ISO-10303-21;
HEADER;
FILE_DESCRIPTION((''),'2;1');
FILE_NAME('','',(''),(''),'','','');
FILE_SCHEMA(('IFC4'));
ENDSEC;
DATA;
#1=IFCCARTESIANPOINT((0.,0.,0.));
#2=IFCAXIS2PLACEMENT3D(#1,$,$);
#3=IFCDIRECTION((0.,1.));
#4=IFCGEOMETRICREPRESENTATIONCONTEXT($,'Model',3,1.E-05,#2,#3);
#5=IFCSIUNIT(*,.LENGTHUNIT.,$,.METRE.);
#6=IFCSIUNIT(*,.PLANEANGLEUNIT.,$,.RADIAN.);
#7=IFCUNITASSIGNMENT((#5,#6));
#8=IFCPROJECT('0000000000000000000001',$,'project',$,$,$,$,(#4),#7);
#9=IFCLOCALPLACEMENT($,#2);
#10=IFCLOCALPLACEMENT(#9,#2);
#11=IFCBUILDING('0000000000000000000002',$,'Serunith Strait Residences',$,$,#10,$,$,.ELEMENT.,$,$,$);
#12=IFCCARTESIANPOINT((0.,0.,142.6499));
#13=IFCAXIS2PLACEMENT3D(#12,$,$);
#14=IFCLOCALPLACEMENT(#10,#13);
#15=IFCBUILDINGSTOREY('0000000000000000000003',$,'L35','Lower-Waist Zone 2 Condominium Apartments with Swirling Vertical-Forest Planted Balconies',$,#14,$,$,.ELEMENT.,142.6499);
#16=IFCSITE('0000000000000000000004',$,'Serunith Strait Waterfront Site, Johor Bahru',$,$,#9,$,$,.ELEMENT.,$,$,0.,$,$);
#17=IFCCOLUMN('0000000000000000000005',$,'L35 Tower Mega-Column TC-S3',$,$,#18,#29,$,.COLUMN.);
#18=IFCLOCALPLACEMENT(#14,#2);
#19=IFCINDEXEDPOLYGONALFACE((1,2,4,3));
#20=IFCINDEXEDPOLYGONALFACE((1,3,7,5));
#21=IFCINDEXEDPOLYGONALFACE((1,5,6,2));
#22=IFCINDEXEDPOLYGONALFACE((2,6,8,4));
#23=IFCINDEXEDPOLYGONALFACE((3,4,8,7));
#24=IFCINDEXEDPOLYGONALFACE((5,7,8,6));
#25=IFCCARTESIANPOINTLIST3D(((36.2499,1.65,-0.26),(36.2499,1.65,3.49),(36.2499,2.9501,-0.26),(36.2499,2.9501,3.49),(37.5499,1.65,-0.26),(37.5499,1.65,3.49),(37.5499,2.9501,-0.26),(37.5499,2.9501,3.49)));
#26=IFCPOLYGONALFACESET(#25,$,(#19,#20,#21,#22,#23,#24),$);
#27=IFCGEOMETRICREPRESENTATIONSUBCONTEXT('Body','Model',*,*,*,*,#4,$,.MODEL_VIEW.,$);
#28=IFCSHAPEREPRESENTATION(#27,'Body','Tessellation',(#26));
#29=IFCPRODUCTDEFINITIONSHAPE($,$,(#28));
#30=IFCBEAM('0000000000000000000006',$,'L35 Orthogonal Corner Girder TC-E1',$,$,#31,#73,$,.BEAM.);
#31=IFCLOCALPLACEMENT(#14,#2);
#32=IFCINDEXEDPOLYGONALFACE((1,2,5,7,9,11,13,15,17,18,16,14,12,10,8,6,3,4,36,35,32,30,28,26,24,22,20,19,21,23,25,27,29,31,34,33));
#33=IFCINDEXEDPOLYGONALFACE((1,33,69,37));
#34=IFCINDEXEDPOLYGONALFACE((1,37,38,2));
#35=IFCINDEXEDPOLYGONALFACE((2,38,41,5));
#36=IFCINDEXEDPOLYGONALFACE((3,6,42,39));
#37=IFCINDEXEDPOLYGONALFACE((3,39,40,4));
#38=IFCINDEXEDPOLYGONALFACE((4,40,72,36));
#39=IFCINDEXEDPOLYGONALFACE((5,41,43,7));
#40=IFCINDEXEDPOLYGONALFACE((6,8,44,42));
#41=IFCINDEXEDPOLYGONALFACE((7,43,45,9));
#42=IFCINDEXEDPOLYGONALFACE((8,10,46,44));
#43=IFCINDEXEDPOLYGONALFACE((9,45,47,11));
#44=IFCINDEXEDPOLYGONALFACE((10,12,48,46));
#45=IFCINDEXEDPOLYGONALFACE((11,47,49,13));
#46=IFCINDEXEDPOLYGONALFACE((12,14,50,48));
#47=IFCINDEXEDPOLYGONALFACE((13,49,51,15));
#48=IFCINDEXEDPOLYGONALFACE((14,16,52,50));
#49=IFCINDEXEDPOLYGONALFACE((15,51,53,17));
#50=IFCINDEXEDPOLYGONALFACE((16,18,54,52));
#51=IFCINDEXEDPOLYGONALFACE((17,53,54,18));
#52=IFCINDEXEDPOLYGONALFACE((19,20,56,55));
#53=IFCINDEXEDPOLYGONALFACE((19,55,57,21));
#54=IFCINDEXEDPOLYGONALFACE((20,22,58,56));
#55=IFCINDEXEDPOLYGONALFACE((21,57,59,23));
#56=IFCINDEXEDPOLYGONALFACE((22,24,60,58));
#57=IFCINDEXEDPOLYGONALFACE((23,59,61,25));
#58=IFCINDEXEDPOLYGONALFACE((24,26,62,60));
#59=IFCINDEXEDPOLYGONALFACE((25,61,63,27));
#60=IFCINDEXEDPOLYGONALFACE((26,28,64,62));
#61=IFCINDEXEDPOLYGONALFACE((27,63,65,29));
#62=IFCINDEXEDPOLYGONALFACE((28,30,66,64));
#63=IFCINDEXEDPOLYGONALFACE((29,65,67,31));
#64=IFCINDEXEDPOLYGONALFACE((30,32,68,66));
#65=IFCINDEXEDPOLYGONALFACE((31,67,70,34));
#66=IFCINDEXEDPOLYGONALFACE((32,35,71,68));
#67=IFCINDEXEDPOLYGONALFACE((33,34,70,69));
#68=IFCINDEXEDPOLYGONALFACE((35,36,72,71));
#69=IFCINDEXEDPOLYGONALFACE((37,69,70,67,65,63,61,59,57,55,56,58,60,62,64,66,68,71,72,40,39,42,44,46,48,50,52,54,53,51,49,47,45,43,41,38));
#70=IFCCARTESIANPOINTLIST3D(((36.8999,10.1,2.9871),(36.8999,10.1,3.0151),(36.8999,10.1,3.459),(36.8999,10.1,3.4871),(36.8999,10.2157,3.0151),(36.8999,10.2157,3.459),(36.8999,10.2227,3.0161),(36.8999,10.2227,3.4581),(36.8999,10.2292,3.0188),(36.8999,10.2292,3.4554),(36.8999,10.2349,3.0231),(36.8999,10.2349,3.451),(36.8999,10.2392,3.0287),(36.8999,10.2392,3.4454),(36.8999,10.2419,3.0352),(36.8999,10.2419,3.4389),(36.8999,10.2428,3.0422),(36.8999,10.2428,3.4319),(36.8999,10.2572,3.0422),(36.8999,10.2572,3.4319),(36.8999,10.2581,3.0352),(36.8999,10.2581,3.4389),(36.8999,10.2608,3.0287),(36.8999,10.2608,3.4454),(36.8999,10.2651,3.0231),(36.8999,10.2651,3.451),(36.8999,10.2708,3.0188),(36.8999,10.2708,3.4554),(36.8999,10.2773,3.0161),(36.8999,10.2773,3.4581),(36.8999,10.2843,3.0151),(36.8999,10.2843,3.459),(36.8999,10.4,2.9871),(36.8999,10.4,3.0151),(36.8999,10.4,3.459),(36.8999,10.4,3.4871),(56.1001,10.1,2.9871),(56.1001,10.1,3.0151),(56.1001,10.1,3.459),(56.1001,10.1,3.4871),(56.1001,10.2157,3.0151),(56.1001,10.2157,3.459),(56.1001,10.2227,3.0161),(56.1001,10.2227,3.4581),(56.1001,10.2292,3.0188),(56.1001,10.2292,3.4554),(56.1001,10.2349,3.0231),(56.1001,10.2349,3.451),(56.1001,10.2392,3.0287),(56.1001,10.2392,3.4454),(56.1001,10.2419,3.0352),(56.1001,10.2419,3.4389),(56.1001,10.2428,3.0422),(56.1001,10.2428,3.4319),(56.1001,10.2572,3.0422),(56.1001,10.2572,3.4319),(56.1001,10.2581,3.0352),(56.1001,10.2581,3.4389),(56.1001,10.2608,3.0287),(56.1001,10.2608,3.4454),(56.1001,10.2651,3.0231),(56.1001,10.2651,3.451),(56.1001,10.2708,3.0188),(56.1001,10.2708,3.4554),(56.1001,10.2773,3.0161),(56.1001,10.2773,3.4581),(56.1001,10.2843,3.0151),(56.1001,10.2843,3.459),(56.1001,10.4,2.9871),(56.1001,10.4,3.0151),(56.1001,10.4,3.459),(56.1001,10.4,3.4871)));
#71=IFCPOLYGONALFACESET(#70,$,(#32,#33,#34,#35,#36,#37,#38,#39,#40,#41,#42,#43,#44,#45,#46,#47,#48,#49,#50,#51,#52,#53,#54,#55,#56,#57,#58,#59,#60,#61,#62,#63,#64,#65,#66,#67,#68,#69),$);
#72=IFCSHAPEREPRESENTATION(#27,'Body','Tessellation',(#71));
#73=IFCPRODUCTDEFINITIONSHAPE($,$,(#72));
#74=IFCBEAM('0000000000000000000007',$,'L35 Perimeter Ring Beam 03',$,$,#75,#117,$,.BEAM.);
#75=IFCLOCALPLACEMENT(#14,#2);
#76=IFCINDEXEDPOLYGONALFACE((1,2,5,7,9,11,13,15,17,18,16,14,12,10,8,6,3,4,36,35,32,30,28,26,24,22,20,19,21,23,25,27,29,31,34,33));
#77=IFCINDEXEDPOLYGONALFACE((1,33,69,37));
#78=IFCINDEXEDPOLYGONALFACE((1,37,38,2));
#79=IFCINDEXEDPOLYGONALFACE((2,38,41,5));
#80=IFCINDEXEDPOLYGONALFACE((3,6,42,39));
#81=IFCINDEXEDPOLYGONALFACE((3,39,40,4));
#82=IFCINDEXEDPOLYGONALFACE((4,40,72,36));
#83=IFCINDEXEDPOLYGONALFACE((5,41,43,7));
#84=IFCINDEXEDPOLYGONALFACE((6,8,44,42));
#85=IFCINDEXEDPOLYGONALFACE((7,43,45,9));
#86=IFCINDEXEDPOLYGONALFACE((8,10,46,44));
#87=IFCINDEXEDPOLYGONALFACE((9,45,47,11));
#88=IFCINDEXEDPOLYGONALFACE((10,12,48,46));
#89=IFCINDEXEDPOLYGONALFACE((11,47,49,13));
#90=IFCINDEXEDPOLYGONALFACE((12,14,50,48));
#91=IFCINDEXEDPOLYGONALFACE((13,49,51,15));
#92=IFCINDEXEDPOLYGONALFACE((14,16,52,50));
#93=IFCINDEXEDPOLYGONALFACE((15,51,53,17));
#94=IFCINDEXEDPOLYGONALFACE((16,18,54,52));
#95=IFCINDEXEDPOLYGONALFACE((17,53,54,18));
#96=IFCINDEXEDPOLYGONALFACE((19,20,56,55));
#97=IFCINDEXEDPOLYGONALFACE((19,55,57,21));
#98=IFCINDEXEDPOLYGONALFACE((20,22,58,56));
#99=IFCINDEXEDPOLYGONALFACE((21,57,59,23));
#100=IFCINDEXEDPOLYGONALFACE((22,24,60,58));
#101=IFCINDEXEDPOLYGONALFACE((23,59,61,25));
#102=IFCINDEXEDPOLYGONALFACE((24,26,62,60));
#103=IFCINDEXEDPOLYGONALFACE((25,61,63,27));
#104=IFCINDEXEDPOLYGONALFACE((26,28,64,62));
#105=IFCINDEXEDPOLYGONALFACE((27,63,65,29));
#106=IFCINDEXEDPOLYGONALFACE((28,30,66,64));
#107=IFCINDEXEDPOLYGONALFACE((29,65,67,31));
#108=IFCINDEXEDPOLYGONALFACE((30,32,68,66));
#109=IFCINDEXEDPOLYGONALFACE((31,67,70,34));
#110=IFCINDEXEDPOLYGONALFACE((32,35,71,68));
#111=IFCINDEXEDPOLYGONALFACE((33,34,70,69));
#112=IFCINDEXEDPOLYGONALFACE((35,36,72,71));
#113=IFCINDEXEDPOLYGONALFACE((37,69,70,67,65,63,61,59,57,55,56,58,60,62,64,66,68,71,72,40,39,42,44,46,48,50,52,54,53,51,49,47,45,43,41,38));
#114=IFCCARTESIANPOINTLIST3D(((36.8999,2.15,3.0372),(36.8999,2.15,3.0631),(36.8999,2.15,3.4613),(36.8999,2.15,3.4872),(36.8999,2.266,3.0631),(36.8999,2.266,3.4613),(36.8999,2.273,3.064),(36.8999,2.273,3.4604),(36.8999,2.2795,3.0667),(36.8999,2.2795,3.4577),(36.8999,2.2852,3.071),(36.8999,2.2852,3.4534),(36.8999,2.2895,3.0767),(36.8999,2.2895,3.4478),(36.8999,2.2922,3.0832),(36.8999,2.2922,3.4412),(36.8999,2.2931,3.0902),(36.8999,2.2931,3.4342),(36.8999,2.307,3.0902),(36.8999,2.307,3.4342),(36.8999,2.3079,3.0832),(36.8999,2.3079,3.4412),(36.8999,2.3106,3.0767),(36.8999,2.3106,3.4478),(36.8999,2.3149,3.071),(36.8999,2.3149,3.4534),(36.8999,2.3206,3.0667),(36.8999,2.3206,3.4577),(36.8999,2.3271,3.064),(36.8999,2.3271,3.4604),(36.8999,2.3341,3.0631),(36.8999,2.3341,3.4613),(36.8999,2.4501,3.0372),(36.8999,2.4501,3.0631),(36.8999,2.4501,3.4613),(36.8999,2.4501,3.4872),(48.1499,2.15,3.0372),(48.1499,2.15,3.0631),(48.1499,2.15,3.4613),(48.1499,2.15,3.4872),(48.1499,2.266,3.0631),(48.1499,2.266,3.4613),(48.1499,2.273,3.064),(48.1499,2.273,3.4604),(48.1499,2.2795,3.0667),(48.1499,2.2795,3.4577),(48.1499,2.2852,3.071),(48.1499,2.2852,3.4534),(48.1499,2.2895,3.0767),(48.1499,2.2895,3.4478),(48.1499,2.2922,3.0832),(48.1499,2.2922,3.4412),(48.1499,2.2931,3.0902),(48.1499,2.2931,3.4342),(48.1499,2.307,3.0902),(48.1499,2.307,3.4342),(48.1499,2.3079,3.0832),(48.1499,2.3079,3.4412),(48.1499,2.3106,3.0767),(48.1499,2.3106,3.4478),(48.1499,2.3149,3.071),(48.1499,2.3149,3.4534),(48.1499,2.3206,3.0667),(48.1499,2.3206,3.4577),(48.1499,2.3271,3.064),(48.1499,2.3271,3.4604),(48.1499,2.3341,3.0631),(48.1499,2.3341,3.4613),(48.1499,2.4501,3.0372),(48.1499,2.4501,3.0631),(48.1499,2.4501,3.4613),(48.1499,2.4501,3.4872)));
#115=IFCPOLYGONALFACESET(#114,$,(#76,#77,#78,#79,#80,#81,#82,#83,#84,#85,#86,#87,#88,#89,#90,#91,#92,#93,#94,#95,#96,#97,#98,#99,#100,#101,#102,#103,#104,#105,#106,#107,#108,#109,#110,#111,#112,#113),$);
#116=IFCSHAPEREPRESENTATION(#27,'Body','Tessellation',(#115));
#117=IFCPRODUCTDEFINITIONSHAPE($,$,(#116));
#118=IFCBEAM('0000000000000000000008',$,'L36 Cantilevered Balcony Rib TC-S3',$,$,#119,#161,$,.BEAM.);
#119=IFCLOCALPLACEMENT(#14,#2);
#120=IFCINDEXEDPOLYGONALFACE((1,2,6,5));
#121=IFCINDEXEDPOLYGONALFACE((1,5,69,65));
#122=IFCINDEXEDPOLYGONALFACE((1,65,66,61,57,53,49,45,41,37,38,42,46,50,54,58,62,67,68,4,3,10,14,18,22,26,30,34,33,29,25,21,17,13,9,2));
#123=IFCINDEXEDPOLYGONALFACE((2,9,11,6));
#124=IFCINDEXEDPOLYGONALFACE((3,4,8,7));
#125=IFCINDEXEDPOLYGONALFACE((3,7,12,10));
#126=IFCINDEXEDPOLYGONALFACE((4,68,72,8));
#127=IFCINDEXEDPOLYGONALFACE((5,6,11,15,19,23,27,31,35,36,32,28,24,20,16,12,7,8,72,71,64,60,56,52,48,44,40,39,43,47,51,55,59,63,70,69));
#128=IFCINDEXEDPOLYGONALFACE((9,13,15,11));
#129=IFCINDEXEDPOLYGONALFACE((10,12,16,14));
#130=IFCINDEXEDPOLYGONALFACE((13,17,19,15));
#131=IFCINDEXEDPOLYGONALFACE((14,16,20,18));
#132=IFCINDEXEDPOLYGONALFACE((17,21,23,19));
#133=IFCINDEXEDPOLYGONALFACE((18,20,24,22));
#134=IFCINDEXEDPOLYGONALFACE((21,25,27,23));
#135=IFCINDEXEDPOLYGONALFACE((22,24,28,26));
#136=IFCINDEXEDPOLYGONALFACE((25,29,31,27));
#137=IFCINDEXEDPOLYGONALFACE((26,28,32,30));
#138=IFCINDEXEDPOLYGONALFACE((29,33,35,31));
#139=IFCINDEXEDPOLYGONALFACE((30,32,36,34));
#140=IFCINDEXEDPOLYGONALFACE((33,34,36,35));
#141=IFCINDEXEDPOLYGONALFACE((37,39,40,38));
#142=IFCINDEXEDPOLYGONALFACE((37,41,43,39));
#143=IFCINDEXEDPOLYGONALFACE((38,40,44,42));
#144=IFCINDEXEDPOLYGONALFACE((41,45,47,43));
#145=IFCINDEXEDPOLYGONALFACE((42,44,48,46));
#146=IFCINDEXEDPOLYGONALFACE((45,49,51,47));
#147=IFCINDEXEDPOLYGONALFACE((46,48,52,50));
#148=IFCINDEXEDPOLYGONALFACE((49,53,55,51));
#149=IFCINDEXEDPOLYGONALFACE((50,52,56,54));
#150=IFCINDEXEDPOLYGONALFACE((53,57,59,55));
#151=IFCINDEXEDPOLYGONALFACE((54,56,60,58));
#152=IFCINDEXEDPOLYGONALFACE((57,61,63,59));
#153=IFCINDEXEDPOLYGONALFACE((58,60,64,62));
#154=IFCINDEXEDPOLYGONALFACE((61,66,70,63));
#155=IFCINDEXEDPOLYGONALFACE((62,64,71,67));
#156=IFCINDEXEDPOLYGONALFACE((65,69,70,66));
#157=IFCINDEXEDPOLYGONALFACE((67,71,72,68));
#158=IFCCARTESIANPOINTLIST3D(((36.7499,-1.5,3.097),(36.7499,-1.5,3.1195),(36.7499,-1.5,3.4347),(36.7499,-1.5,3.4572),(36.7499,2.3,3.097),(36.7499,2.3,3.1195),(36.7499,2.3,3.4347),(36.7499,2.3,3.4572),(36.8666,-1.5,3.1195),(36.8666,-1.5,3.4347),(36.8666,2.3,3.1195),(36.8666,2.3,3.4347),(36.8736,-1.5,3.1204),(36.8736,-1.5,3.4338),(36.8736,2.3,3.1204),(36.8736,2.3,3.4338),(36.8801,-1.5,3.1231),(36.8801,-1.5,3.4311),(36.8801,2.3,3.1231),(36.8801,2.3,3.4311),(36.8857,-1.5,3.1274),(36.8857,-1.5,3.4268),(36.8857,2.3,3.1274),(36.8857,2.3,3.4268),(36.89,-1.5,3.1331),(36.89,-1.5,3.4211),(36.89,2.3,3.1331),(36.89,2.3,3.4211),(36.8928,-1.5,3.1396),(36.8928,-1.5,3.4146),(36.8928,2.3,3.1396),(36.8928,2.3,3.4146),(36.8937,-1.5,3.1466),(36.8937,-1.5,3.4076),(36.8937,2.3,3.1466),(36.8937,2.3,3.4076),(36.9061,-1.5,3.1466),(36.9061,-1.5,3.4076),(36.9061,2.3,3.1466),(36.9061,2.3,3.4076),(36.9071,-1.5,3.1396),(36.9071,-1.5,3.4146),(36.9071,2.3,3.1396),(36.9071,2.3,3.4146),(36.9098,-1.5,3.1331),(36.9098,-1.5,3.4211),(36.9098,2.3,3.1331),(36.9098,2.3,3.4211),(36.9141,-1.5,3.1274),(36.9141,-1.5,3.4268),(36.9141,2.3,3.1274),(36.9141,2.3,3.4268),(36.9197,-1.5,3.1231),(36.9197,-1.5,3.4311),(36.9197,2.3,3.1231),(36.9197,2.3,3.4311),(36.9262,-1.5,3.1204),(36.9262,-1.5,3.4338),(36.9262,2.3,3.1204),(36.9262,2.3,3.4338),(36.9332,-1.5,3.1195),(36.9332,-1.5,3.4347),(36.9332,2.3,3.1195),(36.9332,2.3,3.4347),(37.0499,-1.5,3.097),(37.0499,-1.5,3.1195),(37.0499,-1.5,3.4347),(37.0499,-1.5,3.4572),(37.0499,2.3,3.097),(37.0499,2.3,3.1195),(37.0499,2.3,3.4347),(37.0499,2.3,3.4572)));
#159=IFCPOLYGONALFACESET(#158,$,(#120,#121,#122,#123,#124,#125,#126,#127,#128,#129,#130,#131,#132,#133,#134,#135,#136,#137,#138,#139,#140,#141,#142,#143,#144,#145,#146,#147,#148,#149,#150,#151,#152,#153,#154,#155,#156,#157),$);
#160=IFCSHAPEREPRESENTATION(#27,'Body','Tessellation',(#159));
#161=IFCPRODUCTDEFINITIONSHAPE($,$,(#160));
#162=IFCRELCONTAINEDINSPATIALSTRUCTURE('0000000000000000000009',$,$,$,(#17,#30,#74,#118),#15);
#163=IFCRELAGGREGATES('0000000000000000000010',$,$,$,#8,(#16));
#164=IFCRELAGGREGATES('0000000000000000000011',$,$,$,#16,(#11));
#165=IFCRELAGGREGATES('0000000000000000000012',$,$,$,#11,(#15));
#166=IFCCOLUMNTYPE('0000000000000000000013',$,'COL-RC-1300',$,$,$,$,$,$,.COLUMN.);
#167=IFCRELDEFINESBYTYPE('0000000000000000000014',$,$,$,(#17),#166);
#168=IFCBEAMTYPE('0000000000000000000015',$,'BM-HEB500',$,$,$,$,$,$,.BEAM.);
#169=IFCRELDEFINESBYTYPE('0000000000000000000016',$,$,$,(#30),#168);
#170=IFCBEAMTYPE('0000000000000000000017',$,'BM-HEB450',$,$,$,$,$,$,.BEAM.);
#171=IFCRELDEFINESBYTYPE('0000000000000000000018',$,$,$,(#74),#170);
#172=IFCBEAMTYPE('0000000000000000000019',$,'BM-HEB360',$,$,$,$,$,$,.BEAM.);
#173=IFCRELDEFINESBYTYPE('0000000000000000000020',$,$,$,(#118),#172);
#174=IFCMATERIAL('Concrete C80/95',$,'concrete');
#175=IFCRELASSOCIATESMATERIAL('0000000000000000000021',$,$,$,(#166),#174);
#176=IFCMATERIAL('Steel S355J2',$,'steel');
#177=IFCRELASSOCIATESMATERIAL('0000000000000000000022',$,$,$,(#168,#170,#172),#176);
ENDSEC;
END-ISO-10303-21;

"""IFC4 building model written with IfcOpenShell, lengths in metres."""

from ifc_helpers import new_model, si_unit, direction, frame, origin, origin_2d, place, context, subcontext, project, spatial, rectangle, i_section, extrude, source, transform, mapped, material, material_profile, profile_set, type_object, element, save


model = new_model("IFC4")

# Units and contexts
model_context = context("Model", 3, precision=1e-05, world=origin(), true_north=direction((0.0, 1.0)))
body_context = subcontext(model_context, "Body", "Model", "MODEL_VIEW")
ifc_project = project(units=[si_unit("LENGTHUNIT", "METRE"), si_unit("PLANEANGLEUNIT", "RADIAN")], contexts=[model_context])

# Site, building, storey
site_placement = place(None, origin())
site = spatial("IfcSite", under=ifc_project, at=site_placement, Name="Serunith Strait Waterfront Site, Johor Bahru", CompositionType="ELEMENT", RefElevation=0.0)
building_placement = place(site_placement, origin())
building = spatial("IfcBuilding", under=site, at=building_placement, Name="Serunith Strait Residences", CompositionType="ELEMENT")
storey_placement = place(building_placement, frame((0.0, 0.0, 142.6499)))
storey = spatial("IfcBuildingStorey", under=building, at=storey_placement, Name="L35", Description="Lower-Waist Zone 2 Condominium Apartments with Swirling Vertical-Forest Planted Balconies", CompositionType="ELEMENT", Elevation=142.6499)

# Column
ifc_material_1 = material(Name="Concrete C80/95", Category="concrete")
ifc_material_profile_1 = material_profile(ifc_material_1, rectangle(XDim=1.3, YDim=1.3, at=origin_2d()), Name="RC 1300x1300")
ifc_profile_set_1 = profile_set([ifc_material_profile_1], Name="Concrete C80/95")
column_type = type_object("IfcColumnType", Name="COL-RC-1300", PredefinedType="COLUMN", material=ifc_profile_set_1)
shared_shape_1 = source(origin(), body_context, "Body", "SweptSolid", [
    extrude(rectangle(XDim=1.3, YDim=1.3, at=origin_2d()), origin(), (0.0, 0.0, 1.0), 3.75),
])
column_placement = place(storey_placement, frame((36.8999, 2.3, -0.26), z_axis=(0.0, 0.0, 1.0), x_axis=(1.0, 0.0, 0.0)))
element("IfcColumn", 1, at=column_placement, inside=storey, type_object=column_type, Name="L35 Tower Mega-Column TC-S3", PredefinedType="COLUMN", context=body_context, shape_type="MappedRepresentation", body=[
    mapped(shared_shape_1, transform((0.0, 0.0, 0.0), scale=1.0)),
])

# Beams
ifc_material_2 = material(Name="Steel S355J2", Category="steel")
ifc_material_profile_2 = material_profile(ifc_material_2, i_section(OverallWidth=0.3, OverallDepth=0.5, WebThickness=0.0144, FlangeThickness=0.0281, FilletRadius=0.0271, at=origin_2d()), Name="HEB 500")
ifc_profile_set_2 = profile_set([ifc_material_profile_2], Name="Steel S355J2")
beam_type_1 = type_object("IfcBeamType", Name="BM-HEB500", PredefinedType="BEAM", material=ifc_profile_set_2)
shared_shape_2 = source(origin(), body_context, "Body", "SweptSolid", [
    extrude(i_section(OverallWidth=0.3, OverallDepth=0.5, WebThickness=0.0144, FlangeThickness=0.0281, FilletRadius=0.0271, at=origin_2d()), origin(), (0.0, 0.0, 1.0), 19.2002),
])
beam_1_placement = place(storey_placement, frame((36.8999, 10.25, 3.2371), z_axis=(1.0, 0.0, 0.0), x_axis=(0.0, 1.0, 0.0)))
element("IfcBeam", 2, at=beam_1_placement, inside=storey, type_object=beam_type_1, Name="L35 Orthogonal Corner Girder TC-E1", PredefinedType="BEAM", context=body_context, shape_type="MappedRepresentation", body=[
    mapped(shared_shape_2, transform((0.0, 0.0, 0.0), scale=1.0)),
])
ifc_material_profile_3 = material_profile(ifc_material_2, i_section(OverallWidth=0.3, OverallDepth=0.45, WebThickness=0.0139, FlangeThickness=0.0259, FilletRadius=0.0271, at=origin_2d()), Name="HEB 450")
ifc_profile_set_3 = profile_set([ifc_material_profile_3], Name="Steel S355J2")
beam_type_2 = type_object("IfcBeamType", Name="BM-HEB450", PredefinedType="BEAM", material=ifc_profile_set_3)
shared_shape_3 = source(origin(), body_context, "Body", "SweptSolid", [
    extrude(i_section(OverallWidth=0.3, OverallDepth=0.45, WebThickness=0.0139, FlangeThickness=0.0259, FilletRadius=0.0271, at=origin_2d()), origin(), (0.0, 0.0, 1.0), 11.25),
])
beam_2_placement = place(storey_placement, frame((36.8999, 2.3, 3.2622), z_axis=(1.0, 0.0, 0.0), x_axis=(0.0, 1.0, 0.0)))
element("IfcBeam", 3, at=beam_2_placement, inside=storey, type_object=beam_type_2, Name="L35 Perimeter Ring Beam 03", PredefinedType="BEAM", context=body_context, shape_type="MappedRepresentation", body=[
    mapped(shared_shape_3, transform((0.0, 0.0, 0.0), scale=1.0)),
])
ifc_material_profile_4 = material_profile(ifc_material_2, i_section(OverallWidth=0.3, OverallDepth=0.3601, WebThickness=0.0125, FlangeThickness=0.0225, FilletRadius=0.0271, at=origin_2d()), Name="HEB 360")
ifc_profile_set_4 = profile_set([ifc_material_profile_4], Name="Steel S355J2")
beam_type_3 = type_object("IfcBeamType", Name="BM-HEB360", PredefinedType="BEAM", material=ifc_profile_set_4)
shared_shape_4 = source(origin(), body_context, "Body", "SweptSolid", [
    extrude(i_section(OverallWidth=0.3, OverallDepth=0.3601, WebThickness=0.0125, FlangeThickness=0.0225, FilletRadius=0.0271, at=origin_2d()), origin(), (0.0, 0.0, 1.0), 3.8),
])
beam_3_placement = place(storey_placement, frame((36.8999, 2.3, 3.2771), z_axis=(0.0, -1.0, 0.0), x_axis=(1.0, 0.0, 0.0)))
element("IfcBeam", 4, at=beam_3_placement, inside=storey, type_object=beam_type_3, Name="L36 Cantilevered Balcony Rib TC-S3", PredefinedType="BEAM", context=body_context, shape_type="MappedRepresentation", body=[
    mapped(shared_shape_4, transform((0.0, 0.0, 0.0), scale=1.0)),
])

save(model, "model.ifc")
